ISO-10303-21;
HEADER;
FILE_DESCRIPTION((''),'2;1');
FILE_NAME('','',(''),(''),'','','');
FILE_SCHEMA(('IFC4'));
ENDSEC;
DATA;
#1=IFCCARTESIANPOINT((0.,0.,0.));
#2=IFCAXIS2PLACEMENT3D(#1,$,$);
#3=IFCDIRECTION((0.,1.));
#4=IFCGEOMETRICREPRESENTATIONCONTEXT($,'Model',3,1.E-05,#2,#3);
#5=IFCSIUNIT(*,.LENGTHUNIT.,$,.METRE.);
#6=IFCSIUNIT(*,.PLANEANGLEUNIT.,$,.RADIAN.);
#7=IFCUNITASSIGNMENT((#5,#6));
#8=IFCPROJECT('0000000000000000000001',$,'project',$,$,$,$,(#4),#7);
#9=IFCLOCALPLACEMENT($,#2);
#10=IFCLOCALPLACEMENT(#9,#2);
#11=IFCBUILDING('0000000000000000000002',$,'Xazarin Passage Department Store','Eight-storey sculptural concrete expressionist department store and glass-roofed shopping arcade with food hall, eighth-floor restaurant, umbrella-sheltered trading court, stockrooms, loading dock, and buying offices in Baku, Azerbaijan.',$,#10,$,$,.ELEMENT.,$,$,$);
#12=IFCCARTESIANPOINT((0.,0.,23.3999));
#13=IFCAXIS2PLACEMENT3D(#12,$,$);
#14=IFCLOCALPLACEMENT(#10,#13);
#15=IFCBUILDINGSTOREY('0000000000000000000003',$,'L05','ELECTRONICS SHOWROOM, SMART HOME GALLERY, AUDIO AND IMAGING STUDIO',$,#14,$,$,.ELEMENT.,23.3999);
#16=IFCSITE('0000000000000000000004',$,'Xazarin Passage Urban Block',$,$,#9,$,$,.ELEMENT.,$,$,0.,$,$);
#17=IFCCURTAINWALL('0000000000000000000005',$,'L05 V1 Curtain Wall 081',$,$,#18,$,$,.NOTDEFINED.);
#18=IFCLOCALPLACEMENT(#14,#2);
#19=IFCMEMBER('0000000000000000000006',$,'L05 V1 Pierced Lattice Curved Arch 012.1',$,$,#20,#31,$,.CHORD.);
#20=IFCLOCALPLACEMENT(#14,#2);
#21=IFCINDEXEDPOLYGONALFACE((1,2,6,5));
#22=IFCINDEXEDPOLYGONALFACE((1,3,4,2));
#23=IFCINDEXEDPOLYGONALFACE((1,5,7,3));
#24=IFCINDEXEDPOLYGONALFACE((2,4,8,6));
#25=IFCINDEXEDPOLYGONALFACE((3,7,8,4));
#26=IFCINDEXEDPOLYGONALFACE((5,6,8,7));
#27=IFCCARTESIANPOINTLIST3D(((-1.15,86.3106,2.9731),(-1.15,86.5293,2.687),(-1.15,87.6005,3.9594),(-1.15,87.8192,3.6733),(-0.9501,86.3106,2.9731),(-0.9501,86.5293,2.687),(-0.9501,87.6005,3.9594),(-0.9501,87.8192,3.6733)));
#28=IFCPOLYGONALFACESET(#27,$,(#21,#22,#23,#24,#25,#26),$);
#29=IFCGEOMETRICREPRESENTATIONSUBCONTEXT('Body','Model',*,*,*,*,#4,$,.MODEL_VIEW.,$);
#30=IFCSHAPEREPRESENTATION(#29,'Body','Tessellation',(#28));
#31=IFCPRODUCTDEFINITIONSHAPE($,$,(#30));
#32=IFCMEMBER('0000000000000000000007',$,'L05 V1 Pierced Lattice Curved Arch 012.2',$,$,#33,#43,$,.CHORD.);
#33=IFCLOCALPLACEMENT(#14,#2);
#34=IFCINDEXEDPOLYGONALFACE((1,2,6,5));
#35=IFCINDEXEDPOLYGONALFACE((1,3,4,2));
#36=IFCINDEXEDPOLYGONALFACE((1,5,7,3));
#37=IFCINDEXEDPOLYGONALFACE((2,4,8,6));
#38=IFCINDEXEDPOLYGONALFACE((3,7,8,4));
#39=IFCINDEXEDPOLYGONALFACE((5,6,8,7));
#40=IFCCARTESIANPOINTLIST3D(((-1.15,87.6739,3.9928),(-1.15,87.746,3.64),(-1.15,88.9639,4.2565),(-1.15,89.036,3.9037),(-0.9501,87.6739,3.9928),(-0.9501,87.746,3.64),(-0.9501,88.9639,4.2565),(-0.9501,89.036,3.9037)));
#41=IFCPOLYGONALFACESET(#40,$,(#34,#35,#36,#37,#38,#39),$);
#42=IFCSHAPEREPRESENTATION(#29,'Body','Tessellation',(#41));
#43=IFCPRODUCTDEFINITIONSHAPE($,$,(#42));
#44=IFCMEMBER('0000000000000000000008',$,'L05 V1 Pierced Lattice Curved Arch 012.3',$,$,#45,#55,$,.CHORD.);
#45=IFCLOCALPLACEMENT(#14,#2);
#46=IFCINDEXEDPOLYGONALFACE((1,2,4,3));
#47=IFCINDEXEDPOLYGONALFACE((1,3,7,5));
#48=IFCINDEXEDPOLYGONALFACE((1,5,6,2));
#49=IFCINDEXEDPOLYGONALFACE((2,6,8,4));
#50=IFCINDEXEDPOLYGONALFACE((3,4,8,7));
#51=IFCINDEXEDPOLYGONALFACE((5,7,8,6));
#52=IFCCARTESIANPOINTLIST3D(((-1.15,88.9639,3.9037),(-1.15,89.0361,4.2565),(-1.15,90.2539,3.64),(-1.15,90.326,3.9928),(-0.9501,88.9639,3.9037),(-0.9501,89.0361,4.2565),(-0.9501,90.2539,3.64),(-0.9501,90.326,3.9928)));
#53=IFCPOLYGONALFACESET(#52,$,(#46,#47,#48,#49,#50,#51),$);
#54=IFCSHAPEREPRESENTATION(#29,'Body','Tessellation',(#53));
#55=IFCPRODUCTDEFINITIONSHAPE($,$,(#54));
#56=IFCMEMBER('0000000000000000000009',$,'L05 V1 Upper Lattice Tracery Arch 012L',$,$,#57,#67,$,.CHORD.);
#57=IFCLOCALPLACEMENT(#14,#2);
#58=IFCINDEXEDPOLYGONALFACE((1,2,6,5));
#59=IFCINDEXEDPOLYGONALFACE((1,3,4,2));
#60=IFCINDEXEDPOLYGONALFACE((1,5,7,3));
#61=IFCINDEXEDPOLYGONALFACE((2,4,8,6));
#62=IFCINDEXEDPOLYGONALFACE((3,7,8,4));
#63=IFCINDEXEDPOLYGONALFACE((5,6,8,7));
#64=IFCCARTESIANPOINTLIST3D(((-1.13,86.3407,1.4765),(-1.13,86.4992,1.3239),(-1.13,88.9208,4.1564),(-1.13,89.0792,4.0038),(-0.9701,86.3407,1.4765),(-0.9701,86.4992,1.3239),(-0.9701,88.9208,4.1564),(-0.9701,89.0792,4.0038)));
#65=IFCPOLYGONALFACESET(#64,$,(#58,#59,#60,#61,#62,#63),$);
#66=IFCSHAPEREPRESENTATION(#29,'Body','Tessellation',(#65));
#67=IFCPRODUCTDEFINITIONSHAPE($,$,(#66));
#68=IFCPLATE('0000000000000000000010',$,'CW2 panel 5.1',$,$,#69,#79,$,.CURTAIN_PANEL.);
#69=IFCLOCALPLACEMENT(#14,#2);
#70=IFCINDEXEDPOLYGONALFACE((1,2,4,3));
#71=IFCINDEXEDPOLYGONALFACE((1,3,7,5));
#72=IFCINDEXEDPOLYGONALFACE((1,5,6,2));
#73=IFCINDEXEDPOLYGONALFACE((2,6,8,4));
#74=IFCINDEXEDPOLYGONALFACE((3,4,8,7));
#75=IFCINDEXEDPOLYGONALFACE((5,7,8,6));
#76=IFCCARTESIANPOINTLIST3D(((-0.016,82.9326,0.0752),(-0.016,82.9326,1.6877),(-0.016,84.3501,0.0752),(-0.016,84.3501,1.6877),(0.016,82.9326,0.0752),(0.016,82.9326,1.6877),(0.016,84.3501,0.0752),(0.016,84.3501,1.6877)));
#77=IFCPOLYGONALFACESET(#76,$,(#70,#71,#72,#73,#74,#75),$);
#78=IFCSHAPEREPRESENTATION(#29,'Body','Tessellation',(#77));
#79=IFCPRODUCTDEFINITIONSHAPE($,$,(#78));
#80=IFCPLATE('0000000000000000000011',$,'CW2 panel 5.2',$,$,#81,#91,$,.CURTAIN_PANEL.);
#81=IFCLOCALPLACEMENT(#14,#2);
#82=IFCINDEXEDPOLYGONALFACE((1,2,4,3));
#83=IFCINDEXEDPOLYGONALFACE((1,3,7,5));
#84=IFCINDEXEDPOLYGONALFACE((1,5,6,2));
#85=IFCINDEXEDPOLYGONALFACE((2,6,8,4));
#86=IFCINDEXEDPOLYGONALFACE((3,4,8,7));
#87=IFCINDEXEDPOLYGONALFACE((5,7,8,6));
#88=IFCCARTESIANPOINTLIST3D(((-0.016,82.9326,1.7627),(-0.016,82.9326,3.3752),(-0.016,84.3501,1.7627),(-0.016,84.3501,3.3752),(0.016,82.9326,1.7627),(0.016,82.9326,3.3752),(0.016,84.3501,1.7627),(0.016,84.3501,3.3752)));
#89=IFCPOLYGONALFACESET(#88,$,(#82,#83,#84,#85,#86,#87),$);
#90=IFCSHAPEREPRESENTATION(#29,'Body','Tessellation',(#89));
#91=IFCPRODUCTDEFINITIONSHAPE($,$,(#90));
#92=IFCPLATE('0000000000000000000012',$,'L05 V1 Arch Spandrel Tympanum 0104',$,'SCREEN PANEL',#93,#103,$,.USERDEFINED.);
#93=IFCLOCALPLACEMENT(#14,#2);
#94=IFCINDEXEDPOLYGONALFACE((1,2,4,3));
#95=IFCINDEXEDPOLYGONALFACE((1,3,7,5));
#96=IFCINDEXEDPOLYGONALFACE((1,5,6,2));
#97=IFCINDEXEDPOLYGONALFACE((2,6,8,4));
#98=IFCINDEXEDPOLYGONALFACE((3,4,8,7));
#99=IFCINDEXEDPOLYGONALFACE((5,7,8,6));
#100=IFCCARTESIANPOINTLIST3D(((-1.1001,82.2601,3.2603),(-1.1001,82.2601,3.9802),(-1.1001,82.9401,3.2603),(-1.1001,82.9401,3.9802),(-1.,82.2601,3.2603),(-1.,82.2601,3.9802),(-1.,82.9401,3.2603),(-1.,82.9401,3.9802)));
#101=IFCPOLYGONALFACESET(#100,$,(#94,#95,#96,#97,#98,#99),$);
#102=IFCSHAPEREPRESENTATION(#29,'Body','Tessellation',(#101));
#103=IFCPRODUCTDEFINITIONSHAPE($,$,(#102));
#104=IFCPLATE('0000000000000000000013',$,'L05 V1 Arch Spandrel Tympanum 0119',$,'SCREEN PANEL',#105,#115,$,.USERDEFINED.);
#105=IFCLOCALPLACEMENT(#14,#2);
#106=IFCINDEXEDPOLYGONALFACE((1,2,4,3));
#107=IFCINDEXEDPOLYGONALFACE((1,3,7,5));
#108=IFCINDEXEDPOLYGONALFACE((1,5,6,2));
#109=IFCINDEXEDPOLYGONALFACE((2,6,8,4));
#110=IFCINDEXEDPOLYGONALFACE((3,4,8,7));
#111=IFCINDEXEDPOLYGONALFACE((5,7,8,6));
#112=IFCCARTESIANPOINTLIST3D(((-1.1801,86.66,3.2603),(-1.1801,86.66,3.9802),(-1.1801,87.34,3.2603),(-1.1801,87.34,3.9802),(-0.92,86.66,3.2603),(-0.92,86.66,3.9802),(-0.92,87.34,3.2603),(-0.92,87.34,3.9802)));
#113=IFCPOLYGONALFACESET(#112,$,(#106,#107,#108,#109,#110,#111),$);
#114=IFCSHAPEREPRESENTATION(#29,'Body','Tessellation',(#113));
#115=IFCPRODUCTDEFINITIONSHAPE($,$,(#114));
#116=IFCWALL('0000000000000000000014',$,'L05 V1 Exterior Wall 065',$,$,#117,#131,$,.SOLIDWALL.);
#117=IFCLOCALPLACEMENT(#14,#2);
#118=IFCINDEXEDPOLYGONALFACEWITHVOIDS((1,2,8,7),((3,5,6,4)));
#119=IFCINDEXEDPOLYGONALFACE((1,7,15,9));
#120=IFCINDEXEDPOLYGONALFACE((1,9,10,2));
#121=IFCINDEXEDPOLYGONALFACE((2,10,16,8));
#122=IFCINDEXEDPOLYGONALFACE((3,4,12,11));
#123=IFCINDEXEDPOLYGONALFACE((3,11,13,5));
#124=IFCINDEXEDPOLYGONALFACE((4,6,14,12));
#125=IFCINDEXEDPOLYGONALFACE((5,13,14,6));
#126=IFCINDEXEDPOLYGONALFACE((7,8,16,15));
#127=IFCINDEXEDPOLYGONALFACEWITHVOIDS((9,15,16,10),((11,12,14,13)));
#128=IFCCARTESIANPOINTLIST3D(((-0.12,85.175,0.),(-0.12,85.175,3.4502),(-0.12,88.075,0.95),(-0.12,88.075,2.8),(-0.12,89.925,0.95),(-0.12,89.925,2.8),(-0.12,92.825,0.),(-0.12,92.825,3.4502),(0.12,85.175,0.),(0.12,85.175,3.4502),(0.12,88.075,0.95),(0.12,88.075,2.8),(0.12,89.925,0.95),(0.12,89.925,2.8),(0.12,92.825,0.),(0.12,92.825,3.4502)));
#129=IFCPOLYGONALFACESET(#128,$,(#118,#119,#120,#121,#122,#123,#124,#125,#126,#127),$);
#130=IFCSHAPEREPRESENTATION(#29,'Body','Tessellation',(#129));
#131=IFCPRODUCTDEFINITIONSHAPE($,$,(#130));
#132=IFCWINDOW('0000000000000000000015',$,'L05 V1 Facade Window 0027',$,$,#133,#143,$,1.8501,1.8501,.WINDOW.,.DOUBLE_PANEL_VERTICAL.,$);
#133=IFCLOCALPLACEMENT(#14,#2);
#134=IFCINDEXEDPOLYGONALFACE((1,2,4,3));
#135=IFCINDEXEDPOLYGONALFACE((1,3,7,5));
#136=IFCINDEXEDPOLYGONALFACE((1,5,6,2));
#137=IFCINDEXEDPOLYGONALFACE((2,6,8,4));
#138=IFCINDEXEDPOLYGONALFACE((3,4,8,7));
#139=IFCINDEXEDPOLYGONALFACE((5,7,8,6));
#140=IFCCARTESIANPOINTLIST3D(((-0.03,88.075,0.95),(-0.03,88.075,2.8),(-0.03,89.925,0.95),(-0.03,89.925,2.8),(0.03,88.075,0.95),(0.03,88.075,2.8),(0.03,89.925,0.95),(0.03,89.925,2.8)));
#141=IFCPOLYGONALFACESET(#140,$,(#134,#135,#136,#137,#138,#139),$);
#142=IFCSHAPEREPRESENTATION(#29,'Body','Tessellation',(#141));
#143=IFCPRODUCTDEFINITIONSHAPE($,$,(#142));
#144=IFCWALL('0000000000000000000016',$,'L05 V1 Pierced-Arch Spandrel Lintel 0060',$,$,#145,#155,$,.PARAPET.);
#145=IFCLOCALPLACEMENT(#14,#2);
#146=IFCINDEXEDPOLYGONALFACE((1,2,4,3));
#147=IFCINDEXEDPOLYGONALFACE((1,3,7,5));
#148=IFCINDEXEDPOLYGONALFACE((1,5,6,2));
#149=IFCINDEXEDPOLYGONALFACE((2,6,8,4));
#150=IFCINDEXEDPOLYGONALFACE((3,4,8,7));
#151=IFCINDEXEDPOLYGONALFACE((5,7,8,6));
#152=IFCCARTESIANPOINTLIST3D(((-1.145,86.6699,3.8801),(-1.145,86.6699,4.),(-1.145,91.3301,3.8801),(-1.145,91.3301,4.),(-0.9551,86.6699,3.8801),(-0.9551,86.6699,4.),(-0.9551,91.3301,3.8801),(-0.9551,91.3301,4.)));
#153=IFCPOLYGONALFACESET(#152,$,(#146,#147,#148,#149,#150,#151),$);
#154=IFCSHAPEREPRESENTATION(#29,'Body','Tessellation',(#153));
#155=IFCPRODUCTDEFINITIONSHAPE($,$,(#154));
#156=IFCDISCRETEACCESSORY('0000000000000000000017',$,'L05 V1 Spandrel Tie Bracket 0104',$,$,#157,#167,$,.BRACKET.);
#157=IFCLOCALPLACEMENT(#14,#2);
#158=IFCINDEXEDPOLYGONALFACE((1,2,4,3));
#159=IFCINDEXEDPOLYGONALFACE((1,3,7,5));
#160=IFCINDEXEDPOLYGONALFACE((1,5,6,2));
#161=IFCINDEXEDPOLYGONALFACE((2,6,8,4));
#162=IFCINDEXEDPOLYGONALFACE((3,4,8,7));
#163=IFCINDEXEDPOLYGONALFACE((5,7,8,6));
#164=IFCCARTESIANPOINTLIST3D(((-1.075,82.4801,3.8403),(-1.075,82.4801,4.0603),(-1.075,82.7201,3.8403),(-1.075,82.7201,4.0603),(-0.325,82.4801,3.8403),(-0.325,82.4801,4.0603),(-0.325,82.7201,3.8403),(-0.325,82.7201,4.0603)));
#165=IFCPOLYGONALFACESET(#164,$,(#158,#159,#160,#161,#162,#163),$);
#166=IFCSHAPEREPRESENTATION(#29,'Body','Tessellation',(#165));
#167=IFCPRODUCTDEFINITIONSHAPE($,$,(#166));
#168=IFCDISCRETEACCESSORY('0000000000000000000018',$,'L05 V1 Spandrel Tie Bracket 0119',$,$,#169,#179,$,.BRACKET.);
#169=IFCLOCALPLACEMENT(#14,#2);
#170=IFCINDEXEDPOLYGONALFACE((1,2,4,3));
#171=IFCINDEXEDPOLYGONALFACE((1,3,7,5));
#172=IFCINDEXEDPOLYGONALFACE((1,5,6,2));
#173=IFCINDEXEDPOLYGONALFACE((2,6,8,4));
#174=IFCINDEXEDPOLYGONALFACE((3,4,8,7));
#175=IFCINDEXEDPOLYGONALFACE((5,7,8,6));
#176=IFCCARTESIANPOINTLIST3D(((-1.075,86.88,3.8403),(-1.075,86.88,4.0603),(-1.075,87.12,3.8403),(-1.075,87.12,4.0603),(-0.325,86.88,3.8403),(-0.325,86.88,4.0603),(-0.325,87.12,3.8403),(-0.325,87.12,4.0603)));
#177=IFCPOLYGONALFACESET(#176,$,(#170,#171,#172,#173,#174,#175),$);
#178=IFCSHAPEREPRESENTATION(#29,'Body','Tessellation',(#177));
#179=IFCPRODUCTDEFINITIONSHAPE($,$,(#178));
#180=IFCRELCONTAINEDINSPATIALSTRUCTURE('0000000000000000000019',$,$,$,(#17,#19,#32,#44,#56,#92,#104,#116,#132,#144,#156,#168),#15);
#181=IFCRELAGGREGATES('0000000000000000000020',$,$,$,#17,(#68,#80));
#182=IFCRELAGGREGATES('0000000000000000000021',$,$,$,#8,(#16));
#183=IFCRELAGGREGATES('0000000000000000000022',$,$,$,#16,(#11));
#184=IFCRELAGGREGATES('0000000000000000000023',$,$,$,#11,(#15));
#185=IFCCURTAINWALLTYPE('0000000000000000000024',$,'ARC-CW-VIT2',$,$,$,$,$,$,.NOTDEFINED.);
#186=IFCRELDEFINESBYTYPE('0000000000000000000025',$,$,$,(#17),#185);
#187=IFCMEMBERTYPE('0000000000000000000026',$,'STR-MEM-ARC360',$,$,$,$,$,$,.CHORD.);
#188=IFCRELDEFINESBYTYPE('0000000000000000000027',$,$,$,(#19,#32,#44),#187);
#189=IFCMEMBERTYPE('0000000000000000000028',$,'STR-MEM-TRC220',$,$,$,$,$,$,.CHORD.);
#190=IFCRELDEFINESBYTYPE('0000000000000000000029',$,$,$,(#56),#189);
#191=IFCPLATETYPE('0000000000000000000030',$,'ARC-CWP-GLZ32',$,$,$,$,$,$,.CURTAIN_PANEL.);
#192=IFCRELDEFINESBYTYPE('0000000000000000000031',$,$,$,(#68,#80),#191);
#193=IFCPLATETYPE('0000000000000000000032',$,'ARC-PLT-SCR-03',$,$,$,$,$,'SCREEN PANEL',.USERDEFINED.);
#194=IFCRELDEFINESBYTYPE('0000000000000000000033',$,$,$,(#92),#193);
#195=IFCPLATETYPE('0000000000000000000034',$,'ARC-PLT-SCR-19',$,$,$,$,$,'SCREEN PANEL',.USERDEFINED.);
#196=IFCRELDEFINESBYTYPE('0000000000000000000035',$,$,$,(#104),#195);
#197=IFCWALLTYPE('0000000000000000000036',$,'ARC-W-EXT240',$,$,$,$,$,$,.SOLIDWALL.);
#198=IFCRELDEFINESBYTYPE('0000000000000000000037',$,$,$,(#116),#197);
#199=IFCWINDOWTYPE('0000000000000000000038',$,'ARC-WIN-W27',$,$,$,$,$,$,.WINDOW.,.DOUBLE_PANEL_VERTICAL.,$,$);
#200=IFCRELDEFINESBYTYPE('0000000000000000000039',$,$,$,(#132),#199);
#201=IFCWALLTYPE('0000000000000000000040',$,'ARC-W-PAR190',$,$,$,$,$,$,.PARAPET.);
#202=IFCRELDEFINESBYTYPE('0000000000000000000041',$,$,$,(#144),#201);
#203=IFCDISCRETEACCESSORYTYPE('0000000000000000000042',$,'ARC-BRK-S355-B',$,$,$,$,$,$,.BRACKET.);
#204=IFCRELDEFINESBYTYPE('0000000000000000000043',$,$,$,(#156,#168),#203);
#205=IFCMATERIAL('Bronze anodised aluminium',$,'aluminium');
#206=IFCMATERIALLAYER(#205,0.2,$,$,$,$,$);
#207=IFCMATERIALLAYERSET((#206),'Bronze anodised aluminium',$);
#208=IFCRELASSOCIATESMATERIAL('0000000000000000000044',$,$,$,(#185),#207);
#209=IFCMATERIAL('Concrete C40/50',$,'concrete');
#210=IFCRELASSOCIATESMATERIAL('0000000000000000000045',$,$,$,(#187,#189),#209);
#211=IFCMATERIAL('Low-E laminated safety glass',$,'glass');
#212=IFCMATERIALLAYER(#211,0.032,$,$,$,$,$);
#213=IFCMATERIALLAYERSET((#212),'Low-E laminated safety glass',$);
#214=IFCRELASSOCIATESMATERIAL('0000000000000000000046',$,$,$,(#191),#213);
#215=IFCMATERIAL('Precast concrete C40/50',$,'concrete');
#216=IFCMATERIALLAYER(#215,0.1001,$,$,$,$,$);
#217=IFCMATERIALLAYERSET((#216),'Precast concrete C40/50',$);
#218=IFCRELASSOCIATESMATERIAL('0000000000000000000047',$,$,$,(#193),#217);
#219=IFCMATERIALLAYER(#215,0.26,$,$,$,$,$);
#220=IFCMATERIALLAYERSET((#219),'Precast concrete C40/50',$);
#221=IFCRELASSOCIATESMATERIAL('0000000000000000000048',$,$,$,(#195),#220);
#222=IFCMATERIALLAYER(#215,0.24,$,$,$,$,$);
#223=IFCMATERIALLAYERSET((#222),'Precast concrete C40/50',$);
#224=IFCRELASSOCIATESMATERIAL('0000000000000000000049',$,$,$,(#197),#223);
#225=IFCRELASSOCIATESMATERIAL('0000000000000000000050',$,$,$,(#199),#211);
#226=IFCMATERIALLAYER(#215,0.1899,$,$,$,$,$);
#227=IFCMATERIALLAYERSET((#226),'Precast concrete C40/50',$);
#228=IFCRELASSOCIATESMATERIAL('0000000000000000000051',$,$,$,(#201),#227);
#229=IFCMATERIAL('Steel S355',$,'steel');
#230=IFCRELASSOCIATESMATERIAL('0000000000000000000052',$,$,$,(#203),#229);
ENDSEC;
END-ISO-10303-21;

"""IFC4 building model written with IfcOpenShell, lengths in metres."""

from ifc_helpers import new_model, si_unit, direction, frame, frame_2d, origin, origin_2d, place, context, subcontext, project, spatial, rectangle, extrude, material, layer, layer_set, material_profile, profile_set, type_object, element, fill, aggregate, save


model = new_model("IFC4")

# Units and contexts
model_context = context("Model", 3, precision=1e-05, world=origin(), true_north=direction((0.0, 1.0)))
body_context = subcontext(model_context, "Body", "Model", "MODEL_VIEW")
ifc_project = project(units=[si_unit("LENGTHUNIT", "METRE"), si_unit("PLANEANGLEUNIT", "RADIAN")], contexts=[model_context])

# Site, building, storey
site_placement = place(None, origin())
site = spatial("IfcSite", under=ifc_project, at=site_placement, Name="Xazarin Passage Urban Block", CompositionType="ELEMENT", RefElevation=0.0)
building_placement = place(site_placement, origin())
building = spatial("IfcBuilding", under=site, at=building_placement, Name="Xazarin Passage Department Store", Description="Eight-storey sculptural concrete expressionist department store and glass-roofed shopping arcade with food hall, eighth-floor restaurant, umbrella-sheltered trading court, stockrooms, loading dock, and buying offices in Baku, Azerbaijan.", CompositionType="ELEMENT")
storey_placement = place(building_placement, frame((0.0, 0.0, 23.3999)))
storey = spatial("IfcBuildingStorey", under=building, at=storey_placement, Name="L05", Description="ELECTRONICS SHOWROOM, SMART HOME GALLERY, AUDIO AND IMAGING STUDIO", CompositionType="ELEMENT", Elevation=23.3999)

# Shared definitions
ifc_material_1 = material(Name="Concrete C40/50", Category="concrete")

# Curtain wall
ifc_material_2 = material(Name="Bronze anodised aluminium", Category="aluminium")
ifc_layer_1 = layer(ifc_material_2, 0.2)
ifc_layer_set_1 = layer_set([ifc_layer_1], Name="Bronze anodised aluminium")
curtain_wall_type = type_object("IfcCurtainWallType", Name="ARC-CW-VIT2", PredefinedType="NOTDEFINED", material=ifc_layer_set_1)
curtain_wall_placement = place(storey_placement, origin())
curtain_wall = element("IfcCurtainWall", 1, at=curtain_wall_placement, inside=storey, type_object=curtain_wall_type, Name="L05 V1 Curtain Wall 081", PredefinedType="NOTDEFINED")

# Members
ifc_material_profile_1 = material_profile(ifc_material_1, rectangle(XDim=0.2, YDim=0.3601, at=origin_2d()), Name="RC 200x360")
ifc_profile_set_1 = profile_set([ifc_material_profile_1], Name="Concrete C40/50")
member_type_1 = type_object("IfcMemberType", Name="STR-MEM-ARC360", PredefinedType="CHORD", material=ifc_profile_set_1)
member_1_placement = place(storey_placement, frame((-1.05, 86.4199, 2.8301), z_axis=(0.0, 0.794409, 0.607383), x_axis=(-1.0, 0.0, 0.0)))
element("IfcMember", 2, at=member_1_placement, inside=storey, type_object=member_type_1, Name="L05 V1 Pierced Lattice Curved Arch 012.1", PredefinedType="CHORD", context=body_context, shape_type="SweptSolid", body=[
    extrude(rectangle(XDim=0.2, YDim=0.3601, at=origin_2d()), origin(), (0.0, 0.0, 1.0), 1.6238),
])
for number, where, z_axis, x_axis, name in (
    (3, (-1.05, 87.71, 3.8164), (0.0, 0.979745, 0.200251), (-1.0, 0.0, 0.0), "L05 V1 Pierced Lattice Curved Arch 012.2"),
    (4, (-1.05, 89.0, 4.0801), (0.0, 0.979745, -0.200251), (-1.0, 0.0, 0.0), "L05 V1 Pierced Lattice Curved Arch 012.3"),
):
    element("IfcMember", number, at=place(storey_placement, frame(where, z_axis=z_axis, x_axis=x_axis)), inside=storey, type_object=member_type_1, Name=name, PredefinedType="CHORD", context=body_context, shape_type="SweptSolid", body=[
        extrude(rectangle(XDim=0.2, YDim=0.3601, at=origin_2d()), origin(), (0.0, 0.0, 1.0), 1.3167),
    ])
ifc_material_profile_2 = material_profile(ifc_material_1, rectangle(XDim=0.1599, YDim=0.22, at=origin_2d()), Name="RC 160x220")
ifc_profile_set_2 = profile_set([ifc_material_profile_2], Name="Concrete C40/50")
member_type_2 = type_object("IfcMemberType", Name="STR-MEM-TRC220", PredefinedType="CHORD", material=ifc_profile_set_2)
member_2_placement = place(storey_placement, frame((-1.05, 89.0, 4.0801), z_axis=(0.0, -0.693558, -0.7204), x_axis=(1.0, 0.0, 0.0)))
element("IfcMember", 5, at=member_2_placement, inside=storey, type_object=member_type_2, Name="L05 V1 Upper Lattice Tracery Arch 012L", PredefinedType="CHORD", context=body_context, shape_type="SweptSolid", body=[
    extrude(rectangle(XDim=0.1599, YDim=0.22, at=origin_2d()), origin(), (0.0, 0.0, 1.0), 3.72),
])

# Plates
ifc_material_3 = material(Name="Low-E laminated safety glass", Category="glass")
ifc_layer_2 = layer(ifc_material_3, 0.032)
ifc_layer_set_2 = layer_set([ifc_layer_2], Name="Low-E laminated safety glass")
plate_type_1 = type_object("IfcPlateType", Name="ARC-CWP-GLZ32", PredefinedType="CURTAIN_PANEL", material=ifc_layer_set_2)
plate_1_placement = place(storey_placement, frame((0.0, 83.6414, 0.0752), z_axis=(0.0, 0.0, 1.0), x_axis=(0.0, 1.0, 0.0)))
plate_1 = element("IfcPlate", 6, at=plate_1_placement, type_object=plate_type_1, Name="CW2 panel 5.1", PredefinedType="CURTAIN_PANEL", context=body_context, shape_type="SweptSolid", body=[
    extrude(rectangle(XDim=1.4175, YDim=0.032, at=origin_2d()), origin(), (0.0, 0.0, 1.0), 1.6125),
])
plate_2_placement = place(storey_placement, frame((0.0, 83.6414, 1.7627), z_axis=(0.0, 0.0, 1.0), x_axis=(0.0, 1.0, 0.0)))
plate_2 = element("IfcPlate", 7, at=plate_2_placement, type_object=plate_type_1, Name="CW2 panel 5.2", PredefinedType="CURTAIN_PANEL", context=body_context, shape_type="SweptSolid", body=[
    extrude(rectangle(XDim=1.4175, YDim=0.032, at=origin_2d()), origin(), (0.0, 0.0, 1.0), 1.6125),
])
aggregate(curtain_wall, [plate_1, plate_2])

# Plates
ifc_material_4 = material(Name="Precast concrete C40/50", Category="concrete")
ifc_layer_3 = layer(ifc_material_4, 0.1001)
ifc_layer_set_3 = layer_set([ifc_layer_3], Name="Precast concrete C40/50")
plate_type_2 = type_object("IfcPlateType", Name="ARC-PLT-SCR-03", ElementType="SCREEN PANEL", PredefinedType="USERDEFINED", material=ifc_layer_set_3)
plate_3_placement = place(storey_placement, frame((-1.05, 82.6001, 3.2603), z_axis=(0.0, 0.0, 1.0), x_axis=(0.0, 1.0, 0.0)))
element("IfcPlate", 8, at=plate_3_placement, inside=storey, type_object=plate_type_2, Name="L05 V1 Arch Spandrel Tympanum 0104", ObjectType="SCREEN PANEL", PredefinedType="USERDEFINED", context=body_context, shape_type="SweptSolid", body=[
    extrude(rectangle(XDim=0.6799, YDim=0.1001, at=origin_2d()), origin(), (0.0, 0.0, 1.0), 0.72),
])
ifc_layer_4 = layer(ifc_material_4, 0.26)
ifc_layer_set_4 = layer_set([ifc_layer_4], Name="Precast concrete C40/50")
plate_type_3 = type_object("IfcPlateType", Name="ARC-PLT-SCR-19", ElementType="SCREEN PANEL", PredefinedType="USERDEFINED", material=ifc_layer_set_4)
plate_4_placement = place(storey_placement, frame((-1.05, 87.0, 3.2603), z_axis=(0.0, 0.0, 1.0), x_axis=(0.0, 1.0, 0.0)))
element("IfcPlate", 9, at=plate_4_placement, inside=storey, type_object=plate_type_3, Name="L05 V1 Arch Spandrel Tympanum 0119", ObjectType="SCREEN PANEL", PredefinedType="USERDEFINED", context=body_context, shape_type="SweptSolid", body=[
    extrude(rectangle(XDim=0.6799, YDim=0.26, at=origin_2d()), origin(), (0.0, 0.0, 1.0), 0.72),
])

# Wall, opening, window
ifc_layer_5 = layer(ifc_material_4, 0.24)
ifc_layer_set_5 = layer_set([ifc_layer_5], Name="Precast concrete C40/50")
wall_type_1 = type_object("IfcWallType", Name="ARC-W-EXT240", PredefinedType="SOLIDWALL", material=ifc_layer_set_5)
wall_1_placement = place(storey_placement, frame((0.0, 85.175, 0.0), z_axis=(0.0, 0.0, 1.0), x_axis=(0.0, 1.0, 0.0)))
wall_1 = element("IfcWall", 10, at=wall_1_placement, inside=storey, type_object=wall_type_1, Name="L05 V1 Exterior Wall 065", PredefinedType="SOLIDWALL", context=body_context, shape_type="SweptSolid", body=[
    extrude(rectangle(XDim=7.6499, YDim=0.24, at=frame_2d((3.825, 0.0))), origin(), (0.0, 0.0, 1.0), 3.4502),
])
opening_placement = place(wall_1_placement, frame((2.8999, 0.0, 0.95)))
opening = element("IfcOpeningElement", 11, at=opening_placement, cuts=wall_1, PredefinedType="OPENING", context=body_context, shape_type="SweptSolid", body=[
    extrude(rectangle(XDim=1.8501, YDim=1.8501, at=frame_2d((0.925, 0.925))), frame((0.0, 0.1299, 0.0), z_axis=(0.0, -1.0, 0.0), x_axis=(1.0, 0.0, 0.0)), (0.0, 0.0, 1.0), 0.26),
])
window_type = type_object("IfcWindowType", Name="ARC-WIN-W27", PartitioningType="DOUBLE_PANEL_VERTICAL", PredefinedType="WINDOW", material=ifc_material_3)
window_placement = place(opening_placement, origin())
window = element("IfcWindow", 12, at=window_placement, inside=storey, type_object=window_type, Name="L05 V1 Facade Window 0027", OverallHeight=1.8501, OverallWidth=1.8501, PartitioningType="DOUBLE_PANEL_VERTICAL", PredefinedType="WINDOW", context=body_context, shape_type="SweptSolid", body=[
    extrude(rectangle(XDim=1.8501, YDim=1.8501, at=frame_2d((0.925, 0.925))), frame((0.0, 0.03, 0.0), z_axis=(0.0, -1.0, 0.0), x_axis=(1.0, 0.0, 0.0)), (0.0, 0.0, 1.0), 0.0601),
])
fill(opening, window)

# Wall
ifc_layer_6 = layer(ifc_material_4, 0.1899)
ifc_layer_set_6 = layer_set([ifc_layer_6], Name="Precast concrete C40/50")
wall_type_2 = type_object("IfcWallType", Name="ARC-W-PAR190", PredefinedType="PARAPET", material=ifc_layer_set_6)
wall_2_placement = place(storey_placement, frame((-1.05, 86.6699, 3.8801), z_axis=(0.0, 0.0, 1.0), x_axis=(0.0, 1.0, 0.0)))
element("IfcWall", 13, at=wall_2_placement, inside=storey, type_object=wall_type_2, Name="L05 V1 Pierced-Arch Spandrel Lintel 0060", PredefinedType="PARAPET", context=body_context, shape_type="SweptSolid", body=[
    extrude(rectangle(XDim=4.6602, YDim=0.1899, at=frame_2d((2.3301, 0.0))), origin(), (0.0, 0.0, 1.0), 0.1199),
])

# Discrete accessories
ifc_material_5 = material(Name="Steel S355", Category="steel")
discrete_accessory_type = type_object("IfcDiscreteAccessoryType", Name="ARC-BRK-S355-B", PredefinedType="BRACKET", material=ifc_material_5)
for number, where, z_axis, x_axis, name in (
    (14, (-0.7, 82.6001, 3.8403), (0.0, 0.0, 1.0), (0.0, 1.0, 0.0), "L05 V1 Spandrel Tie Bracket 0104"),
    (15, (-0.7, 87.0, 3.8403), (0.0, 0.0, 1.0), (0.0, 1.0, 0.0), "L05 V1 Spandrel Tie Bracket 0119"),
):
    element("IfcDiscreteAccessory", number, at=place(storey_placement, frame(where, z_axis=z_axis, x_axis=x_axis)), inside=storey, type_object=discrete_accessory_type, Name=name, PredefinedType="BRACKET", context=body_context, shape_type="SweptSolid", body=[
        extrude(rectangle(XDim=0.24, YDim=0.75, at=origin_2d()), origin(), (0.0, 0.0, 1.0), 0.22),
    ])

save(model, "model.ifc")
